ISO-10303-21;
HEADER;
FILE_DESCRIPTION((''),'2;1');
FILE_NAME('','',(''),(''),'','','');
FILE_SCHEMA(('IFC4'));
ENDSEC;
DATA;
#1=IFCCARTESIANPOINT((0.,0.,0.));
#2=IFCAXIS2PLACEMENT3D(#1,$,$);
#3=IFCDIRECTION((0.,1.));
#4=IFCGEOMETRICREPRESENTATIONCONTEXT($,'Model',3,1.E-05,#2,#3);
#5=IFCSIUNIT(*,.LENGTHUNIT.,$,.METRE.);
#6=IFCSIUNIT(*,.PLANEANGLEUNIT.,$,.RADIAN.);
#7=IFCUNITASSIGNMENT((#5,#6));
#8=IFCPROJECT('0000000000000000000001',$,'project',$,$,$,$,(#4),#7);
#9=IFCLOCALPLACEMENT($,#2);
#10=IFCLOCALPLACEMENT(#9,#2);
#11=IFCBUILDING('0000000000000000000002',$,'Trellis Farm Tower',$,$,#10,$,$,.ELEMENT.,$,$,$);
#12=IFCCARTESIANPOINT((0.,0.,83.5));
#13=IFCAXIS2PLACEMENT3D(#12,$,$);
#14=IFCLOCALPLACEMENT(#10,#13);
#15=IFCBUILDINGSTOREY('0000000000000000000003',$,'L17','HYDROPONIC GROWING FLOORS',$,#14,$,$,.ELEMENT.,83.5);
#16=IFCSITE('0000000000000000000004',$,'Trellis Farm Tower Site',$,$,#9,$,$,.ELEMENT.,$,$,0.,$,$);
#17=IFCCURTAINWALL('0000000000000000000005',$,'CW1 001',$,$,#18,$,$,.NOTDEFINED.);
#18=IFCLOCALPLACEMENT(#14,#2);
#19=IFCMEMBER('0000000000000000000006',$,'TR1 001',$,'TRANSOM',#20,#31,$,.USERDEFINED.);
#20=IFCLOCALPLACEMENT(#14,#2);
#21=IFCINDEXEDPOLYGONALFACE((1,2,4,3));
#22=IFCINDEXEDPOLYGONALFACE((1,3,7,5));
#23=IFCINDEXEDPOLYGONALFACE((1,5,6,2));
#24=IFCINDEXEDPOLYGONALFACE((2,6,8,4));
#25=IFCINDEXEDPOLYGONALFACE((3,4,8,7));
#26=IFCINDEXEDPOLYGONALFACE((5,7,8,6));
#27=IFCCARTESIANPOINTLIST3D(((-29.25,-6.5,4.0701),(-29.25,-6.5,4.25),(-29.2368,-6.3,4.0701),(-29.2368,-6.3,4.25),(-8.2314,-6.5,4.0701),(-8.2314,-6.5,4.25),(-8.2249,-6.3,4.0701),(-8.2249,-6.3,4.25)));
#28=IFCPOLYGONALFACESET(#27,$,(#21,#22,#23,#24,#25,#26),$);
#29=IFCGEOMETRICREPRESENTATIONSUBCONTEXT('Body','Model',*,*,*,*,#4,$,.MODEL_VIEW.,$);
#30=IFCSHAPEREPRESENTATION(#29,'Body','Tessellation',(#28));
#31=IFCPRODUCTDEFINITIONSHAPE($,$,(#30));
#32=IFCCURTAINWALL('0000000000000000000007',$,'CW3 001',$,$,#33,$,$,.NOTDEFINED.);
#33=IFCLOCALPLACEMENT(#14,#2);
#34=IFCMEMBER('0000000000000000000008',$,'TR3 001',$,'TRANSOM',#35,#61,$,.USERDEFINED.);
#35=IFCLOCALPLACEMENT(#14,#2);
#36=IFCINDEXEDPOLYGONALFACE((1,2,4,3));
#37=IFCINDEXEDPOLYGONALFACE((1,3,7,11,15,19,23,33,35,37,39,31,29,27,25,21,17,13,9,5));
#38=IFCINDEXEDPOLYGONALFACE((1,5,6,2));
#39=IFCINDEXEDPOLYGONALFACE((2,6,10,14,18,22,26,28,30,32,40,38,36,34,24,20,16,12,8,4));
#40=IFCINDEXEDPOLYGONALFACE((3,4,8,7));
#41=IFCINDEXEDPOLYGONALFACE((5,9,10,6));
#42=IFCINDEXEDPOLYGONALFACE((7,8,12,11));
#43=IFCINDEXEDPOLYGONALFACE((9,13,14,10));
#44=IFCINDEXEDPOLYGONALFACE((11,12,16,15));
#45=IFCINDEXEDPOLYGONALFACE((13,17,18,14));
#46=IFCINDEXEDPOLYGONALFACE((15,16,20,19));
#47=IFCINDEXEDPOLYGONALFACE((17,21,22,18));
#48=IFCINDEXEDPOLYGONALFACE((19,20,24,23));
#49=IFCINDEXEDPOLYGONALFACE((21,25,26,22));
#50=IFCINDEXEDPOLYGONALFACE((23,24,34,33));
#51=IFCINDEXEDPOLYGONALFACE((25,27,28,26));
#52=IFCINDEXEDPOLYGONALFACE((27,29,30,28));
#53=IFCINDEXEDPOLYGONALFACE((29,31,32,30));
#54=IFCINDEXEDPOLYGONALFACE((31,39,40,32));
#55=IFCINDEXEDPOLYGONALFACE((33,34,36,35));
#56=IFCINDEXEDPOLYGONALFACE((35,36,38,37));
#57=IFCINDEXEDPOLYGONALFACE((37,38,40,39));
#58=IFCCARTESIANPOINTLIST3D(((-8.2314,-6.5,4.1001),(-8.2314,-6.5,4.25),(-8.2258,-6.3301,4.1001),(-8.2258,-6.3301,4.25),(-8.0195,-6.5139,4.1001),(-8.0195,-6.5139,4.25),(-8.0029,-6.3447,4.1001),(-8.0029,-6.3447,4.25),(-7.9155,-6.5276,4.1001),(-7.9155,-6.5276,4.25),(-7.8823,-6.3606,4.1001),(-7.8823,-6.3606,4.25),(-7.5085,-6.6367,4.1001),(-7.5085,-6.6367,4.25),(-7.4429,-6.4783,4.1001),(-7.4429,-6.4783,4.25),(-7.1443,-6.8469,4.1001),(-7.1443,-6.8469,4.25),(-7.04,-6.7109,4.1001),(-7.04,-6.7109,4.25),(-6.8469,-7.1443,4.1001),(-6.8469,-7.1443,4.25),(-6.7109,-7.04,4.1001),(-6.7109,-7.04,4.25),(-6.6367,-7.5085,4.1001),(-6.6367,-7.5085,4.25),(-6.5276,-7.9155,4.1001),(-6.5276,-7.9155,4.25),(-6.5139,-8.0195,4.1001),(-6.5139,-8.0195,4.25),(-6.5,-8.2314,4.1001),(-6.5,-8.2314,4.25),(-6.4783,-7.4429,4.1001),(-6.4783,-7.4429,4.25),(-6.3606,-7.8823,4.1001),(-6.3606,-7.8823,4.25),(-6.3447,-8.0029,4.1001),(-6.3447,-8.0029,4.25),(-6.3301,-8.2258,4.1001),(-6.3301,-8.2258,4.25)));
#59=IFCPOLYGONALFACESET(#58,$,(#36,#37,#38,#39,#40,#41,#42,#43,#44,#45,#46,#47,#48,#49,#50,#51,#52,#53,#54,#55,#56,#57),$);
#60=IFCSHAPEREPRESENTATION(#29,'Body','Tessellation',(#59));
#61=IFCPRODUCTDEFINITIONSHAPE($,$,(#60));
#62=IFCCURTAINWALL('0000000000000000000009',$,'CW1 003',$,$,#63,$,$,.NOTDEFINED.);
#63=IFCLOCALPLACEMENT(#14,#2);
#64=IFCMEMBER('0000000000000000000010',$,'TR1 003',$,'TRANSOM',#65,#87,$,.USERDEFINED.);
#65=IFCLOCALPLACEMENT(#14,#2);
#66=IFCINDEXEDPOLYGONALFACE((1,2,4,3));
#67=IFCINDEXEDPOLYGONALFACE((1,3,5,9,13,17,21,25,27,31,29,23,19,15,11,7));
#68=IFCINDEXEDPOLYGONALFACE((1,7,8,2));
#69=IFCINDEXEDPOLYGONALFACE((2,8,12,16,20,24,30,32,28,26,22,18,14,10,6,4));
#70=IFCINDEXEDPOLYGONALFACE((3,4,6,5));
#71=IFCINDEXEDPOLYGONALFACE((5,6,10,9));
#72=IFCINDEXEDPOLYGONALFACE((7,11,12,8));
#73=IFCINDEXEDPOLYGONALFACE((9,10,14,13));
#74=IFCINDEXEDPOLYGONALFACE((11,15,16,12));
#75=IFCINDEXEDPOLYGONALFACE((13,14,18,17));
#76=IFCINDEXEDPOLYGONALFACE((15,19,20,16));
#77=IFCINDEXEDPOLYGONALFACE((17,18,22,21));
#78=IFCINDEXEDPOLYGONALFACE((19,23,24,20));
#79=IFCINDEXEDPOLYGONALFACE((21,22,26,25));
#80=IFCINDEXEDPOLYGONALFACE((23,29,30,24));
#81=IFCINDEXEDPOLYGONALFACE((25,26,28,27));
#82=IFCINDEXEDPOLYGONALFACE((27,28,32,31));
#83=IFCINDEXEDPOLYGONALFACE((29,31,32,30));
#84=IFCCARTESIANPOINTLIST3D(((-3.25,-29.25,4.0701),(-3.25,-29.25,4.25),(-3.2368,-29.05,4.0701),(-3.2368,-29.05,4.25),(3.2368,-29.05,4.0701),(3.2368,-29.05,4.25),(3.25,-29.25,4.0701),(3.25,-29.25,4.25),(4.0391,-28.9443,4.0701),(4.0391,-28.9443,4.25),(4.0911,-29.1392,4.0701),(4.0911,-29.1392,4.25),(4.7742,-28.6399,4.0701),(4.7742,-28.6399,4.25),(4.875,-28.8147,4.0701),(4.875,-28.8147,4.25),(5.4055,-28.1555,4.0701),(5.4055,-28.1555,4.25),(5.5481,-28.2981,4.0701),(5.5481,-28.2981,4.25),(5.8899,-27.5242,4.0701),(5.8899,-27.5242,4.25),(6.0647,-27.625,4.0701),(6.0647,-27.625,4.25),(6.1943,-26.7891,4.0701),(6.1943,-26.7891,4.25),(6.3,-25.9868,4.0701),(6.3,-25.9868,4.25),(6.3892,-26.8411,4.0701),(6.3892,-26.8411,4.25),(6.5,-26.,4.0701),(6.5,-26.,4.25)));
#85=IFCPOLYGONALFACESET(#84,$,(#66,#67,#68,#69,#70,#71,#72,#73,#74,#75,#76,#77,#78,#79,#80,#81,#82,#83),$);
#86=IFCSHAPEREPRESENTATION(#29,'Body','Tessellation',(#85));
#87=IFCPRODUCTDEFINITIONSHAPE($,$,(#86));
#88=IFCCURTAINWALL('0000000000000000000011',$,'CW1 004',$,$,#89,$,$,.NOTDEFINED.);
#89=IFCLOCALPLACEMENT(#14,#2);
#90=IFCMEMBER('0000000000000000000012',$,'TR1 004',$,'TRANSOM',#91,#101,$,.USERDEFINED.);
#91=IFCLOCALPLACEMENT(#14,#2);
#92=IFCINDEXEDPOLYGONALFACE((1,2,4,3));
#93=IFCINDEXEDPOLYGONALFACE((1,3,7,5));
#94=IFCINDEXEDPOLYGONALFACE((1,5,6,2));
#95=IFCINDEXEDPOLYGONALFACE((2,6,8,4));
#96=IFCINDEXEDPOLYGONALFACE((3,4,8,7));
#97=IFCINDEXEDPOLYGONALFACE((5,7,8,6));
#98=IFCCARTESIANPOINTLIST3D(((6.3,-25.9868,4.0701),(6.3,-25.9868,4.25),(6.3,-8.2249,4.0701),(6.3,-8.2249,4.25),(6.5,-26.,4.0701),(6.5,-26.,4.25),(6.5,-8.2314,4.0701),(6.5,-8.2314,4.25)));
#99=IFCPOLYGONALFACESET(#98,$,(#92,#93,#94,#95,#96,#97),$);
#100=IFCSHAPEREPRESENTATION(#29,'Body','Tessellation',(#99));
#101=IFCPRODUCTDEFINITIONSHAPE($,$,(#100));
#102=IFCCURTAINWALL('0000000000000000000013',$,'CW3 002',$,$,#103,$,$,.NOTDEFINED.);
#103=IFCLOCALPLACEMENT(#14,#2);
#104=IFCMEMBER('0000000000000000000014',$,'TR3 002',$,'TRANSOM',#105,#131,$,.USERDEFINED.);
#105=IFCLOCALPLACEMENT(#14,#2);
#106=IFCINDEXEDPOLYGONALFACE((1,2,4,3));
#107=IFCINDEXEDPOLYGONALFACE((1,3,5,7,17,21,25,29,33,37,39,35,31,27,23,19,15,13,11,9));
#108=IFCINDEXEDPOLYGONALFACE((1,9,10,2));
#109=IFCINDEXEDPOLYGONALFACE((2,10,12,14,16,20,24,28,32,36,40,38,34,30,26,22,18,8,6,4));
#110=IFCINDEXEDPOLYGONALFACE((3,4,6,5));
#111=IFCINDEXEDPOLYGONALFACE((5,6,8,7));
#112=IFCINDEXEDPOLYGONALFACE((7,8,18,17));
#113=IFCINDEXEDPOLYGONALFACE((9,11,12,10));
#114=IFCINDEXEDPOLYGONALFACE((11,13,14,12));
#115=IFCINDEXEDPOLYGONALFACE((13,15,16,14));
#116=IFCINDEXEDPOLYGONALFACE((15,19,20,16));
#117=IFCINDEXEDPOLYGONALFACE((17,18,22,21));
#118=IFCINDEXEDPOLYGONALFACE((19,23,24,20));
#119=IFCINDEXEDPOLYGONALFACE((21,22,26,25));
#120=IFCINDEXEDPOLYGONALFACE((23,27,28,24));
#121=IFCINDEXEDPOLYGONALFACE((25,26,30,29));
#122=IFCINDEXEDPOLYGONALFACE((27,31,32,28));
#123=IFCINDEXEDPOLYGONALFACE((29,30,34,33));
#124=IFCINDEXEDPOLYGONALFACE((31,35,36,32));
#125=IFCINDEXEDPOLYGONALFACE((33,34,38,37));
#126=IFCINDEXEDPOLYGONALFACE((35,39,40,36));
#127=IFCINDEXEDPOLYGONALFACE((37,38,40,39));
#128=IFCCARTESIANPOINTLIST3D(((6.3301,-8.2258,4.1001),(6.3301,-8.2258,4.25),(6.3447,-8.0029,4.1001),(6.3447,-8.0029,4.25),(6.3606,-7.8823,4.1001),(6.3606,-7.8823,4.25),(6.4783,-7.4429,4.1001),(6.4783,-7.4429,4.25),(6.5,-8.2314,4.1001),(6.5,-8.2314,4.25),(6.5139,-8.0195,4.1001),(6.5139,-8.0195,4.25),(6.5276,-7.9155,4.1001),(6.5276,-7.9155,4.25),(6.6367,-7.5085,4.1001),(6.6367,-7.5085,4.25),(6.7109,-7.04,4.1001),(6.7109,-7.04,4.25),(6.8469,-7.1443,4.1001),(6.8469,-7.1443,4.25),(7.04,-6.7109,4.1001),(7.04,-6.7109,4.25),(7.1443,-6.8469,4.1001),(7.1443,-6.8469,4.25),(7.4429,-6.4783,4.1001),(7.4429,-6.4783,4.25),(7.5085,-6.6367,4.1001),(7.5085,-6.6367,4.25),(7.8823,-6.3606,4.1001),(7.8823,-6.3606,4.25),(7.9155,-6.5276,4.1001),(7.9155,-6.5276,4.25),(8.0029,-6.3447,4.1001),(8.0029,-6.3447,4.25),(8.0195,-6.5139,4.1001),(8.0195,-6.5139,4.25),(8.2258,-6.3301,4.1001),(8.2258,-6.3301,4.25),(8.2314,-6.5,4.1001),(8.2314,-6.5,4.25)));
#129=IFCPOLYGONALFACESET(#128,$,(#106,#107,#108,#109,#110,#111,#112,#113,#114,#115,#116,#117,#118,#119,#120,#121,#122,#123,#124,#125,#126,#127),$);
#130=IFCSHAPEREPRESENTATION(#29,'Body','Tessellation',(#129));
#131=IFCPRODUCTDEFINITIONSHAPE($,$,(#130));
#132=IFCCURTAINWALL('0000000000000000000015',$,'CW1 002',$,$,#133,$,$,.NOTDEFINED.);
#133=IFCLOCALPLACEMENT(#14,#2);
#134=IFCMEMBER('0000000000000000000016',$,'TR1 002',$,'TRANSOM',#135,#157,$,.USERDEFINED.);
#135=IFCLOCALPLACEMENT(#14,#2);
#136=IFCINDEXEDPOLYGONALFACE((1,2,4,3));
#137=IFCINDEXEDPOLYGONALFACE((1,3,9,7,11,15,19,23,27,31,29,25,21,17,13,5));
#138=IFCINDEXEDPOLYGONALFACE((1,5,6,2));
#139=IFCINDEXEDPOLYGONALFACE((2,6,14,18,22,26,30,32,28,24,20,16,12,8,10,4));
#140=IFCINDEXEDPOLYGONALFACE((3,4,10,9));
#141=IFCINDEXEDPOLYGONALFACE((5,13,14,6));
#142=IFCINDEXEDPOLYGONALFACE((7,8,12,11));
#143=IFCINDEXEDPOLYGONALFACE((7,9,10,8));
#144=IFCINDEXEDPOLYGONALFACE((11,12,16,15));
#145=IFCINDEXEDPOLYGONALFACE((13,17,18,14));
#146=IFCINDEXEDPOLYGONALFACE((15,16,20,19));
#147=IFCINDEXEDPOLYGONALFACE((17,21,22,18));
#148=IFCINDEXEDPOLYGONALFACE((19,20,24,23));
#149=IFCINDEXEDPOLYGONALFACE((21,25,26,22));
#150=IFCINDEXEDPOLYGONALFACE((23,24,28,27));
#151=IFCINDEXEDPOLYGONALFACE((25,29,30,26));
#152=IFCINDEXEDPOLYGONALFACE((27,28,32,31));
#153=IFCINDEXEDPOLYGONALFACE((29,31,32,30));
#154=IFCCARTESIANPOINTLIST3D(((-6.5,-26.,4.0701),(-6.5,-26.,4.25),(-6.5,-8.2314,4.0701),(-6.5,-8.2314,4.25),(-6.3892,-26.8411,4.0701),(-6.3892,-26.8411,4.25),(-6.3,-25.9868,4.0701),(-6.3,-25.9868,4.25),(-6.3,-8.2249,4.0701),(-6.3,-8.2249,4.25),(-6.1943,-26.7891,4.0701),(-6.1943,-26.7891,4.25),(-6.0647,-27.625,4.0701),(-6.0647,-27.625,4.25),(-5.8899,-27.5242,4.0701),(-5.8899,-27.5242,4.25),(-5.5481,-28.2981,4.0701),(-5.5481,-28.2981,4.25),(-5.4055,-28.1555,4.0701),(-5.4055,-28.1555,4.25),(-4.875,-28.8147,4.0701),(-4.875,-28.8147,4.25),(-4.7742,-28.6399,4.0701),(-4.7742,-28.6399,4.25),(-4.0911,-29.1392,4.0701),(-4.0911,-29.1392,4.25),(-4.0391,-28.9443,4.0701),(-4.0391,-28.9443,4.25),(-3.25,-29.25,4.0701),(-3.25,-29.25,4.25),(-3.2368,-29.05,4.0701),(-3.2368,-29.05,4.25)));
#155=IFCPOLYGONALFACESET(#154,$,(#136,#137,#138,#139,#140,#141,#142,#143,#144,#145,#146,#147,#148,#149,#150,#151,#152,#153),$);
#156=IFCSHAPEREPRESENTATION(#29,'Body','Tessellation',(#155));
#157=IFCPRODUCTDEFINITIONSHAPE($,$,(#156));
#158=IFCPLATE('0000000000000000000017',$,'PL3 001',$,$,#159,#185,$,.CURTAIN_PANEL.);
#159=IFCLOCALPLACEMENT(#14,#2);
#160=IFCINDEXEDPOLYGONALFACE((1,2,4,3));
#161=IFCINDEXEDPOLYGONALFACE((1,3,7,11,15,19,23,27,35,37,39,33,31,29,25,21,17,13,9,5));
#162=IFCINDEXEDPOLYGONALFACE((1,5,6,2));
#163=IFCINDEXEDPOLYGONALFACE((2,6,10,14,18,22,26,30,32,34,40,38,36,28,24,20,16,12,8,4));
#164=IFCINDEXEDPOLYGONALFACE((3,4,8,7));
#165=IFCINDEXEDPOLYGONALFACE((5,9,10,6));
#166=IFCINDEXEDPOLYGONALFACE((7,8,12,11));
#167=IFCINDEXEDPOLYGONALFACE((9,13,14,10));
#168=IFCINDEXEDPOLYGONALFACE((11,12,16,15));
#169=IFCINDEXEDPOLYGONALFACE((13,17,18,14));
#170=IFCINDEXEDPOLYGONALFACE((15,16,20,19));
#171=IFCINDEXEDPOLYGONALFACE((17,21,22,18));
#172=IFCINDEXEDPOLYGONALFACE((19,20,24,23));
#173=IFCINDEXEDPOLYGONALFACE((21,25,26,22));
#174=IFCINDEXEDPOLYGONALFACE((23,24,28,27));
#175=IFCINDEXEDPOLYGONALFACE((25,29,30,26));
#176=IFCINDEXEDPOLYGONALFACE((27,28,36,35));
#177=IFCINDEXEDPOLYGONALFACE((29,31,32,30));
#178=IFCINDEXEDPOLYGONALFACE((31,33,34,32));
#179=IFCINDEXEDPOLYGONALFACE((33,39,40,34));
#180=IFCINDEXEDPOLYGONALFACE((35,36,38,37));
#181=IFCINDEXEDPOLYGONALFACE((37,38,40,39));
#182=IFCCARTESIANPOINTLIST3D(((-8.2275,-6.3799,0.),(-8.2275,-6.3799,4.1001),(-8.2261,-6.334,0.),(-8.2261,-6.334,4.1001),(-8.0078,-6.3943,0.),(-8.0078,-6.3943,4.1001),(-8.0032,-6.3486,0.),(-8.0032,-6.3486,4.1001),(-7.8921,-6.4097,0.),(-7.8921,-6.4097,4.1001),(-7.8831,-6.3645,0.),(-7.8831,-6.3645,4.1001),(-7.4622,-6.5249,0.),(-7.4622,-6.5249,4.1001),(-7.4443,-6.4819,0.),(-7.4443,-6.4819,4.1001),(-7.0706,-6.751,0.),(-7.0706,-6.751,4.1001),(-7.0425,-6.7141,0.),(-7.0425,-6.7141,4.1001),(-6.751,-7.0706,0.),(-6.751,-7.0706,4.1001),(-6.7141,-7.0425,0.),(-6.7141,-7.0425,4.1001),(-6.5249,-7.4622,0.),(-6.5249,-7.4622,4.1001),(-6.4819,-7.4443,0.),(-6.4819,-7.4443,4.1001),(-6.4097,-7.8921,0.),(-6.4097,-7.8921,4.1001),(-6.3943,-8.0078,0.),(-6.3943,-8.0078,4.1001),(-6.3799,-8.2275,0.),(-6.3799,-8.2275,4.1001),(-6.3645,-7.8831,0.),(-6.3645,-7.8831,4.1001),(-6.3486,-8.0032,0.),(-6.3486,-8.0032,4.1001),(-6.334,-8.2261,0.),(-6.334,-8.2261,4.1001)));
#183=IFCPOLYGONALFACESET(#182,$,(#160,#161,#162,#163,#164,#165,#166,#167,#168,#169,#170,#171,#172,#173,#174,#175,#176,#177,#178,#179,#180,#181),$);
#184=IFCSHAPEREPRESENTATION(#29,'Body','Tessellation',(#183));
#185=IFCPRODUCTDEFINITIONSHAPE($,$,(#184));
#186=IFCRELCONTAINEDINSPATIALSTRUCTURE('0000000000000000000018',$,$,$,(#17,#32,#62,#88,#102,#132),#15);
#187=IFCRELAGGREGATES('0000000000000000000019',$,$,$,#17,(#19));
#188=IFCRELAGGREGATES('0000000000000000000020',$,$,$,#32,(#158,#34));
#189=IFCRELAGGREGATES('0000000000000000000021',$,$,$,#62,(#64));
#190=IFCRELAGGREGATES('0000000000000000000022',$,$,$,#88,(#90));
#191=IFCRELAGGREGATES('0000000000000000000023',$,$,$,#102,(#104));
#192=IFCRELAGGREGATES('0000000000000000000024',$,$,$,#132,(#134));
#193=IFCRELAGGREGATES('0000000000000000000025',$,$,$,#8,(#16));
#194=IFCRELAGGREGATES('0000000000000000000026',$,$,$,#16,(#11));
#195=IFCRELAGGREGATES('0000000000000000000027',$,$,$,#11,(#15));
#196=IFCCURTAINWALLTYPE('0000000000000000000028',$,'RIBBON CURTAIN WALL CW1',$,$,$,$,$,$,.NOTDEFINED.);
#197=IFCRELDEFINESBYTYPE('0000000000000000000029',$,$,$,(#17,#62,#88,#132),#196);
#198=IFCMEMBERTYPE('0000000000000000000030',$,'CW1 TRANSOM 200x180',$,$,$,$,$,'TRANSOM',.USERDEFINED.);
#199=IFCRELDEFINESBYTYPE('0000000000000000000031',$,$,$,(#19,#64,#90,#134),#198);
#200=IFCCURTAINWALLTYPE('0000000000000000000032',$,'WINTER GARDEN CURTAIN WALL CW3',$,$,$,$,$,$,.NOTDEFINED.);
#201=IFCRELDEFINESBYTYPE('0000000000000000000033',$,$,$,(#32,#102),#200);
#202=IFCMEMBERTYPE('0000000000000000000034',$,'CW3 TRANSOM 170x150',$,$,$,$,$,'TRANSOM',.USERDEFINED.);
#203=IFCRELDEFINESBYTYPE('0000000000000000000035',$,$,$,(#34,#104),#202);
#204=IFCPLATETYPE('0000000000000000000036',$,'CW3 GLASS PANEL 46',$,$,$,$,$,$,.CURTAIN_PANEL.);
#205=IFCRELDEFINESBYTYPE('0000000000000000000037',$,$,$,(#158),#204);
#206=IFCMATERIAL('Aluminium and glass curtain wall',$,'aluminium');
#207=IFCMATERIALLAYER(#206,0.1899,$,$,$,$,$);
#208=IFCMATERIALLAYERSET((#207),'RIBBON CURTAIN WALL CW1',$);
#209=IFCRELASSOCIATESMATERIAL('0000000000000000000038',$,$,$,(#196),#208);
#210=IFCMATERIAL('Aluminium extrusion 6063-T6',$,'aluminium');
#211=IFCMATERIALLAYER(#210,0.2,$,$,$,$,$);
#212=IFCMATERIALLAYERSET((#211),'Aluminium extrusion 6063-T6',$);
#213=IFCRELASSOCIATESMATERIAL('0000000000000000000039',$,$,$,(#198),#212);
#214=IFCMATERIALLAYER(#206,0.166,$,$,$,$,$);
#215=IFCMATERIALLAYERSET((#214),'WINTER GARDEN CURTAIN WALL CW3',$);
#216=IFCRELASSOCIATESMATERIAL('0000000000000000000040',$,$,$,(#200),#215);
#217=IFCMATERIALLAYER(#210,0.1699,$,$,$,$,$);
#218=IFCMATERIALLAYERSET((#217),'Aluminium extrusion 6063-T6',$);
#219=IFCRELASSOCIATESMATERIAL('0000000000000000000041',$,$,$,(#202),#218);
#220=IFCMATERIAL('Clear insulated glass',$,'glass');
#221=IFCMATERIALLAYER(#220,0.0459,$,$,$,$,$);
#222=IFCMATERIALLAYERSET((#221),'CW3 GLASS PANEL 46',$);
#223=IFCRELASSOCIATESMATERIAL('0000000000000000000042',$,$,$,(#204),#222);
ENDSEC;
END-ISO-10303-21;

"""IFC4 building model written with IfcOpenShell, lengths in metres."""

from ifc_helpers import new_model, si_unit, direction, frame, origin, place, context, subcontext, project, spatial, polyline, outline, extrude, source, transform, mapped, material, layer, layer_set, type_object, element, aggregate, save


model = new_model("IFC4")

# Units and contexts
model_context = context("Model", 3, precision=1e-05, world=origin(), true_north=direction((0.0, 1.0)))
body_context = subcontext(model_context, "Body", "Model", "MODEL_VIEW")
ifc_project = project(units=[si_unit("LENGTHUNIT", "METRE"), si_unit("PLANEANGLEUNIT", "RADIAN")], contexts=[model_context])

# Site, building, storey
site_placement = place(None, origin())
site = spatial("IfcSite", under=ifc_project, at=site_placement, Name="Trellis Farm Tower Site", CompositionType="ELEMENT", RefElevation=0.0)
building_placement = place(site_placement, origin())
building = spatial("IfcBuilding", under=site, at=building_placement, Name="Trellis Farm Tower", CompositionType="ELEMENT")
storey_placement = place(building_placement, frame((0.0, 0.0, 83.5)))
storey = spatial("IfcBuildingStorey", under=building, at=storey_placement, Name="L17", Description="HYDROPONIC GROWING FLOORS", CompositionType="ELEMENT", Elevation=83.5)

# Curtain walls, members
ifc_material_1 = material(Name="Aluminium and glass curtain wall", Category="aluminium")
ifc_layer_1 = layer(ifc_material_1, 0.1899)
ifc_layer_set_1 = layer_set([ifc_layer_1], Name="RIBBON CURTAIN WALL CW1")
curtain_wall_type_1 = type_object("IfcCurtainWallType", Name="RIBBON CURTAIN WALL CW1", PredefinedType="NOTDEFINED", material=ifc_layer_set_1)
placement_1 = place(storey_placement, origin())
curtain_wall_1 = element("IfcCurtainWall", 1, at=placement_1, inside=storey, type_object=curtain_wall_type_1, Name="CW1 001", PredefinedType="NOTDEFINED")
ifc_material_2 = material(Name="Aluminium extrusion 6063-T6", Category="aluminium")
ifc_layer_2 = layer(ifc_material_2, 0.2)
ifc_layer_set_2 = layer_set([ifc_layer_2], Name="Aluminium extrusion 6063-T6")
member_type_1 = type_object("IfcMemberType", Name="CW1 TRANSOM 200x180", ElementType="TRANSOM", PredefinedType="USERDEFINED", material=ifc_layer_set_2)
shared_shape_1 = source(origin(), body_context, "Body", "SweptSolid", [
    extrude(outline(polyline([(-29.25, -6.5), (-8.2314, -6.5), (-8.2249, -6.3), (-29.2368, -6.3), (-29.25, -6.5)])), origin(), (0.0, 0.0, 1.0), 0.1799),
])
placement_2 = place(storey_placement, frame((0.0, 0.0, 4.0701)))
member_1 = element("IfcMember", 2, at=placement_2, type_object=member_type_1, Name="TR1 001", ObjectType="TRANSOM", PredefinedType="USERDEFINED", context=body_context, shape_type="MappedRepresentation", body=[
    mapped(shared_shape_1, transform((0.0, 0.0, 0.0))),
])
aggregate(curtain_wall_1, [member_1])
ifc_layer_3 = layer(ifc_material_1, 0.166)
ifc_layer_set_3 = layer_set([ifc_layer_3], Name="WINTER GARDEN CURTAIN WALL CW3")
curtain_wall_type_2 = type_object("IfcCurtainWallType", Name="WINTER GARDEN CURTAIN WALL CW3", PredefinedType="NOTDEFINED", material=ifc_layer_set_3)
curtain_wall_2 = element("IfcCurtainWall", 3, at=placement_1, inside=storey, type_object=curtain_wall_type_2, Name="CW3 001", PredefinedType="NOTDEFINED")
ifc_layer_4 = layer(ifc_material_2, 0.1699)
ifc_layer_set_4 = layer_set([ifc_layer_4], Name="Aluminium extrusion 6063-T6")
member_type_2 = type_object("IfcMemberType", Name="CW3 TRANSOM 170x150", ElementType="TRANSOM", PredefinedType="USERDEFINED", material=ifc_layer_set_4)
shared_shape_2 = source(origin(), body_context, "Body", "SweptSolid", [
    extrude(outline(polyline([(-8.2314, -6.5), (-8.0195, -6.5139), (-7.9155, -6.5276), (-7.5085, -6.6367), (-7.1443, -6.8469), (-6.8469, -7.1443), (-6.6367, -7.5085), (-6.5276, -7.9155), (-6.5139, -8.0195), (-6.5, -8.2314), (-6.3301, -8.2258), (-6.3447, -8.0029), (-6.3606, -7.8823), (-6.4783, -7.4429), (-6.7109, -7.04), (-7.04, -6.7109), (-7.4429, -6.4783), (-7.8823, -6.3606), (-8.0029, -6.3447), (-8.2258, -6.3301), (-8.2314, -6.5)])), origin(), (0.0, 0.0, 1.0), 0.1499),
])
placement_3 = place(storey_placement, frame((0.0, 0.0, 4.1001)))
member_2 = element("IfcMember", 4, at=placement_3, type_object=member_type_2, Name="TR3 001", ObjectType="TRANSOM", PredefinedType="USERDEFINED", context=body_context, shape_type="MappedRepresentation", body=[
    mapped(shared_shape_2, transform((0.0, 0.0, 0.0))),
])
curtain_wall_3 = element("IfcCurtainWall", 5, at=placement_1, inside=storey, type_object=curtain_wall_type_1, Name="CW1 003", PredefinedType="NOTDEFINED")
shared_shape_3 = source(origin(), body_context, "Body", "SweptSolid", [
    extrude(outline(polyline([(-3.25, -29.25), (3.25, -29.25), (4.0911, -29.1392), (4.875, -28.8147), (5.5481, -28.2981), (6.0647, -27.625), (6.3892, -26.8411), (6.5, -26.0), (6.3, -25.9868), (6.1943, -26.7891), (5.8899, -27.5242), (5.4055, -28.1555), (4.7742, -28.6399), (4.0391, -28.9443), (3.2368, -29.05), (-3.2368, -29.05), (-3.25, -29.25)])), origin(), (0.0, 0.0, 1.0), 0.1799),
])
member_3 = element("IfcMember", 6, at=placement_2, type_object=member_type_1, Name="TR1 003", ObjectType="TRANSOM", PredefinedType="USERDEFINED", context=body_context, shape_type="MappedRepresentation", body=[
    mapped(shared_shape_3, transform((0.0, 0.0, 0.0))),
])
curtain_wall_4 = element("IfcCurtainWall", 7, at=placement_1, inside=storey, type_object=curtain_wall_type_1, Name="CW1 004", PredefinedType="NOTDEFINED")
shared_shape_4 = source(origin(), body_context, "Body", "SweptSolid", [
    extrude(outline(polyline([(6.5, -26.0), (6.5, -8.2314), (6.3, -8.2249), (6.3, -25.9868), (6.5, -26.0)])), origin(), (0.0, 0.0, 1.0), 0.1799),
])
member_4 = element("IfcMember", 8, at=placement_2, type_object=member_type_1, Name="TR1 004", ObjectType="TRANSOM", PredefinedType="USERDEFINED", context=body_context, shape_type="MappedRepresentation", body=[
    mapped(shared_shape_4, transform((0.0, 0.0, 0.0))),
])
curtain_wall_5 = element("IfcCurtainWall", 9, at=placement_1, inside=storey, type_object=curtain_wall_type_2, Name="CW3 002", PredefinedType="NOTDEFINED")
shared_shape_5 = source(origin(), body_context, "Body", "SweptSolid", [
    extrude(outline(polyline([(6.5, -8.2314), (6.5139, -8.0195), (6.5276, -7.9155), (6.6367, -7.5085), (6.8469, -7.1443), (7.1443, -6.8469), (7.5085, -6.6367), (7.9155, -6.5276), (8.0195, -6.5139), (8.2314, -6.5), (8.2258, -6.3301), (8.0029, -6.3447), (7.8823, -6.3606), (7.4429, -6.4783), (7.04, -6.7109), (6.7109, -7.04), (6.4783, -7.4429), (6.3606, -7.8823), (6.3447, -8.0029), (6.3301, -8.2258), (6.5, -8.2314)])), origin(), (0.0, 0.0, 1.0), 0.1499),
])
member_5 = element("IfcMember", 10, at=placement_3, type_object=member_type_2, Name="TR3 002", ObjectType="TRANSOM", PredefinedType="USERDEFINED", context=body_context, shape_type="MappedRepresentation", body=[
    mapped(shared_shape_5, transform((0.0, 0.0, 0.0))),
])
curtain_wall_6 = element("IfcCurtainWall", 11, at=placement_1, inside=storey, type_object=curtain_wall_type_1, Name="CW1 002", PredefinedType="NOTDEFINED")
shared_shape_6 = source(origin(), body_context, "Body", "SweptSolid", [
    extrude(outline(polyline([(-6.5, -8.2314), (-6.5, -26.0), (-6.3892, -26.8411), (-6.0647, -27.625), (-5.5481, -28.2981), (-4.875, -28.8147), (-4.0911, -29.1392), (-3.25, -29.25), (-3.2368, -29.05), (-4.0391, -28.9443), (-4.7742, -28.6399), (-5.4055, -28.1555), (-5.8899, -27.5242), (-6.1943, -26.7891), (-6.3, -25.9868), (-6.3, -8.2249), (-6.5, -8.2314)])), origin(), (0.0, 0.0, 1.0), 0.1799),
])
member_6 = element("IfcMember", 12, at=placement_2, type_object=member_type_1, Name="TR1 002", ObjectType="TRANSOM", PredefinedType="USERDEFINED", context=body_context, shape_type="MappedRepresentation", body=[
    mapped(shared_shape_6, transform((0.0, 0.0, 0.0))),
])

# Plate
ifc_material_3 = material(Name="Clear insulated glass", Category="glass")
ifc_layer_5 = layer(ifc_material_3, 0.0459)
ifc_layer_set_5 = layer_set([ifc_layer_5], Name="CW3 GLASS PANEL 46")
plate_type_1 = type_object("IfcPlateType", Name="CW3 GLASS PANEL 46", PredefinedType="CURTAIN_PANEL", material=ifc_layer_set_5)
shared_shape_7 = source(origin(), body_context, "Body", "SweptSolid", [
    extrude(outline(polyline([(-8.2275, -6.3799), (-8.0078, -6.3943), (-7.8921, -6.4097), (-7.4622, -6.5249), (-7.0706, -6.751), (-6.751, -7.0706), (-6.5249, -7.4622), (-6.4097, -7.8921), (-6.3943, -8.0078), (-6.3799, -8.2275), (-6.334, -8.2261), (-6.3486, -8.0032), (-6.3645, -7.8831), (-6.4819, -7.4443), (-6.7141, -7.0425), (-7.0425, -6.7141), (-7.4443, -6.4819), (-7.8831, -6.3645), (-8.0032, -6.3486), (-8.2261, -6.334), (-8.2275, -6.3799)])), origin(), (0.0, 0.0, 1.0), 4.1001),
])
plate_1 = element("IfcPlate", 13, at=placement_1, type_object=plate_type_1, Name="PL3 001", PredefinedType="CURTAIN_PANEL", context=body_context, shape_type="MappedRepresentation", body=[
    mapped(shared_shape_7, transform((0.0, 0.0, 0.0))),
])
aggregate(curtain_wall_2, [plate_1, member_2])
aggregate(curtain_wall_3, [member_3])
aggregate(curtain_wall_4, [member_4])
aggregate(curtain_wall_5, [member_5])
aggregate(curtain_wall_6, [member_6])

save(model, "model.ifc")
